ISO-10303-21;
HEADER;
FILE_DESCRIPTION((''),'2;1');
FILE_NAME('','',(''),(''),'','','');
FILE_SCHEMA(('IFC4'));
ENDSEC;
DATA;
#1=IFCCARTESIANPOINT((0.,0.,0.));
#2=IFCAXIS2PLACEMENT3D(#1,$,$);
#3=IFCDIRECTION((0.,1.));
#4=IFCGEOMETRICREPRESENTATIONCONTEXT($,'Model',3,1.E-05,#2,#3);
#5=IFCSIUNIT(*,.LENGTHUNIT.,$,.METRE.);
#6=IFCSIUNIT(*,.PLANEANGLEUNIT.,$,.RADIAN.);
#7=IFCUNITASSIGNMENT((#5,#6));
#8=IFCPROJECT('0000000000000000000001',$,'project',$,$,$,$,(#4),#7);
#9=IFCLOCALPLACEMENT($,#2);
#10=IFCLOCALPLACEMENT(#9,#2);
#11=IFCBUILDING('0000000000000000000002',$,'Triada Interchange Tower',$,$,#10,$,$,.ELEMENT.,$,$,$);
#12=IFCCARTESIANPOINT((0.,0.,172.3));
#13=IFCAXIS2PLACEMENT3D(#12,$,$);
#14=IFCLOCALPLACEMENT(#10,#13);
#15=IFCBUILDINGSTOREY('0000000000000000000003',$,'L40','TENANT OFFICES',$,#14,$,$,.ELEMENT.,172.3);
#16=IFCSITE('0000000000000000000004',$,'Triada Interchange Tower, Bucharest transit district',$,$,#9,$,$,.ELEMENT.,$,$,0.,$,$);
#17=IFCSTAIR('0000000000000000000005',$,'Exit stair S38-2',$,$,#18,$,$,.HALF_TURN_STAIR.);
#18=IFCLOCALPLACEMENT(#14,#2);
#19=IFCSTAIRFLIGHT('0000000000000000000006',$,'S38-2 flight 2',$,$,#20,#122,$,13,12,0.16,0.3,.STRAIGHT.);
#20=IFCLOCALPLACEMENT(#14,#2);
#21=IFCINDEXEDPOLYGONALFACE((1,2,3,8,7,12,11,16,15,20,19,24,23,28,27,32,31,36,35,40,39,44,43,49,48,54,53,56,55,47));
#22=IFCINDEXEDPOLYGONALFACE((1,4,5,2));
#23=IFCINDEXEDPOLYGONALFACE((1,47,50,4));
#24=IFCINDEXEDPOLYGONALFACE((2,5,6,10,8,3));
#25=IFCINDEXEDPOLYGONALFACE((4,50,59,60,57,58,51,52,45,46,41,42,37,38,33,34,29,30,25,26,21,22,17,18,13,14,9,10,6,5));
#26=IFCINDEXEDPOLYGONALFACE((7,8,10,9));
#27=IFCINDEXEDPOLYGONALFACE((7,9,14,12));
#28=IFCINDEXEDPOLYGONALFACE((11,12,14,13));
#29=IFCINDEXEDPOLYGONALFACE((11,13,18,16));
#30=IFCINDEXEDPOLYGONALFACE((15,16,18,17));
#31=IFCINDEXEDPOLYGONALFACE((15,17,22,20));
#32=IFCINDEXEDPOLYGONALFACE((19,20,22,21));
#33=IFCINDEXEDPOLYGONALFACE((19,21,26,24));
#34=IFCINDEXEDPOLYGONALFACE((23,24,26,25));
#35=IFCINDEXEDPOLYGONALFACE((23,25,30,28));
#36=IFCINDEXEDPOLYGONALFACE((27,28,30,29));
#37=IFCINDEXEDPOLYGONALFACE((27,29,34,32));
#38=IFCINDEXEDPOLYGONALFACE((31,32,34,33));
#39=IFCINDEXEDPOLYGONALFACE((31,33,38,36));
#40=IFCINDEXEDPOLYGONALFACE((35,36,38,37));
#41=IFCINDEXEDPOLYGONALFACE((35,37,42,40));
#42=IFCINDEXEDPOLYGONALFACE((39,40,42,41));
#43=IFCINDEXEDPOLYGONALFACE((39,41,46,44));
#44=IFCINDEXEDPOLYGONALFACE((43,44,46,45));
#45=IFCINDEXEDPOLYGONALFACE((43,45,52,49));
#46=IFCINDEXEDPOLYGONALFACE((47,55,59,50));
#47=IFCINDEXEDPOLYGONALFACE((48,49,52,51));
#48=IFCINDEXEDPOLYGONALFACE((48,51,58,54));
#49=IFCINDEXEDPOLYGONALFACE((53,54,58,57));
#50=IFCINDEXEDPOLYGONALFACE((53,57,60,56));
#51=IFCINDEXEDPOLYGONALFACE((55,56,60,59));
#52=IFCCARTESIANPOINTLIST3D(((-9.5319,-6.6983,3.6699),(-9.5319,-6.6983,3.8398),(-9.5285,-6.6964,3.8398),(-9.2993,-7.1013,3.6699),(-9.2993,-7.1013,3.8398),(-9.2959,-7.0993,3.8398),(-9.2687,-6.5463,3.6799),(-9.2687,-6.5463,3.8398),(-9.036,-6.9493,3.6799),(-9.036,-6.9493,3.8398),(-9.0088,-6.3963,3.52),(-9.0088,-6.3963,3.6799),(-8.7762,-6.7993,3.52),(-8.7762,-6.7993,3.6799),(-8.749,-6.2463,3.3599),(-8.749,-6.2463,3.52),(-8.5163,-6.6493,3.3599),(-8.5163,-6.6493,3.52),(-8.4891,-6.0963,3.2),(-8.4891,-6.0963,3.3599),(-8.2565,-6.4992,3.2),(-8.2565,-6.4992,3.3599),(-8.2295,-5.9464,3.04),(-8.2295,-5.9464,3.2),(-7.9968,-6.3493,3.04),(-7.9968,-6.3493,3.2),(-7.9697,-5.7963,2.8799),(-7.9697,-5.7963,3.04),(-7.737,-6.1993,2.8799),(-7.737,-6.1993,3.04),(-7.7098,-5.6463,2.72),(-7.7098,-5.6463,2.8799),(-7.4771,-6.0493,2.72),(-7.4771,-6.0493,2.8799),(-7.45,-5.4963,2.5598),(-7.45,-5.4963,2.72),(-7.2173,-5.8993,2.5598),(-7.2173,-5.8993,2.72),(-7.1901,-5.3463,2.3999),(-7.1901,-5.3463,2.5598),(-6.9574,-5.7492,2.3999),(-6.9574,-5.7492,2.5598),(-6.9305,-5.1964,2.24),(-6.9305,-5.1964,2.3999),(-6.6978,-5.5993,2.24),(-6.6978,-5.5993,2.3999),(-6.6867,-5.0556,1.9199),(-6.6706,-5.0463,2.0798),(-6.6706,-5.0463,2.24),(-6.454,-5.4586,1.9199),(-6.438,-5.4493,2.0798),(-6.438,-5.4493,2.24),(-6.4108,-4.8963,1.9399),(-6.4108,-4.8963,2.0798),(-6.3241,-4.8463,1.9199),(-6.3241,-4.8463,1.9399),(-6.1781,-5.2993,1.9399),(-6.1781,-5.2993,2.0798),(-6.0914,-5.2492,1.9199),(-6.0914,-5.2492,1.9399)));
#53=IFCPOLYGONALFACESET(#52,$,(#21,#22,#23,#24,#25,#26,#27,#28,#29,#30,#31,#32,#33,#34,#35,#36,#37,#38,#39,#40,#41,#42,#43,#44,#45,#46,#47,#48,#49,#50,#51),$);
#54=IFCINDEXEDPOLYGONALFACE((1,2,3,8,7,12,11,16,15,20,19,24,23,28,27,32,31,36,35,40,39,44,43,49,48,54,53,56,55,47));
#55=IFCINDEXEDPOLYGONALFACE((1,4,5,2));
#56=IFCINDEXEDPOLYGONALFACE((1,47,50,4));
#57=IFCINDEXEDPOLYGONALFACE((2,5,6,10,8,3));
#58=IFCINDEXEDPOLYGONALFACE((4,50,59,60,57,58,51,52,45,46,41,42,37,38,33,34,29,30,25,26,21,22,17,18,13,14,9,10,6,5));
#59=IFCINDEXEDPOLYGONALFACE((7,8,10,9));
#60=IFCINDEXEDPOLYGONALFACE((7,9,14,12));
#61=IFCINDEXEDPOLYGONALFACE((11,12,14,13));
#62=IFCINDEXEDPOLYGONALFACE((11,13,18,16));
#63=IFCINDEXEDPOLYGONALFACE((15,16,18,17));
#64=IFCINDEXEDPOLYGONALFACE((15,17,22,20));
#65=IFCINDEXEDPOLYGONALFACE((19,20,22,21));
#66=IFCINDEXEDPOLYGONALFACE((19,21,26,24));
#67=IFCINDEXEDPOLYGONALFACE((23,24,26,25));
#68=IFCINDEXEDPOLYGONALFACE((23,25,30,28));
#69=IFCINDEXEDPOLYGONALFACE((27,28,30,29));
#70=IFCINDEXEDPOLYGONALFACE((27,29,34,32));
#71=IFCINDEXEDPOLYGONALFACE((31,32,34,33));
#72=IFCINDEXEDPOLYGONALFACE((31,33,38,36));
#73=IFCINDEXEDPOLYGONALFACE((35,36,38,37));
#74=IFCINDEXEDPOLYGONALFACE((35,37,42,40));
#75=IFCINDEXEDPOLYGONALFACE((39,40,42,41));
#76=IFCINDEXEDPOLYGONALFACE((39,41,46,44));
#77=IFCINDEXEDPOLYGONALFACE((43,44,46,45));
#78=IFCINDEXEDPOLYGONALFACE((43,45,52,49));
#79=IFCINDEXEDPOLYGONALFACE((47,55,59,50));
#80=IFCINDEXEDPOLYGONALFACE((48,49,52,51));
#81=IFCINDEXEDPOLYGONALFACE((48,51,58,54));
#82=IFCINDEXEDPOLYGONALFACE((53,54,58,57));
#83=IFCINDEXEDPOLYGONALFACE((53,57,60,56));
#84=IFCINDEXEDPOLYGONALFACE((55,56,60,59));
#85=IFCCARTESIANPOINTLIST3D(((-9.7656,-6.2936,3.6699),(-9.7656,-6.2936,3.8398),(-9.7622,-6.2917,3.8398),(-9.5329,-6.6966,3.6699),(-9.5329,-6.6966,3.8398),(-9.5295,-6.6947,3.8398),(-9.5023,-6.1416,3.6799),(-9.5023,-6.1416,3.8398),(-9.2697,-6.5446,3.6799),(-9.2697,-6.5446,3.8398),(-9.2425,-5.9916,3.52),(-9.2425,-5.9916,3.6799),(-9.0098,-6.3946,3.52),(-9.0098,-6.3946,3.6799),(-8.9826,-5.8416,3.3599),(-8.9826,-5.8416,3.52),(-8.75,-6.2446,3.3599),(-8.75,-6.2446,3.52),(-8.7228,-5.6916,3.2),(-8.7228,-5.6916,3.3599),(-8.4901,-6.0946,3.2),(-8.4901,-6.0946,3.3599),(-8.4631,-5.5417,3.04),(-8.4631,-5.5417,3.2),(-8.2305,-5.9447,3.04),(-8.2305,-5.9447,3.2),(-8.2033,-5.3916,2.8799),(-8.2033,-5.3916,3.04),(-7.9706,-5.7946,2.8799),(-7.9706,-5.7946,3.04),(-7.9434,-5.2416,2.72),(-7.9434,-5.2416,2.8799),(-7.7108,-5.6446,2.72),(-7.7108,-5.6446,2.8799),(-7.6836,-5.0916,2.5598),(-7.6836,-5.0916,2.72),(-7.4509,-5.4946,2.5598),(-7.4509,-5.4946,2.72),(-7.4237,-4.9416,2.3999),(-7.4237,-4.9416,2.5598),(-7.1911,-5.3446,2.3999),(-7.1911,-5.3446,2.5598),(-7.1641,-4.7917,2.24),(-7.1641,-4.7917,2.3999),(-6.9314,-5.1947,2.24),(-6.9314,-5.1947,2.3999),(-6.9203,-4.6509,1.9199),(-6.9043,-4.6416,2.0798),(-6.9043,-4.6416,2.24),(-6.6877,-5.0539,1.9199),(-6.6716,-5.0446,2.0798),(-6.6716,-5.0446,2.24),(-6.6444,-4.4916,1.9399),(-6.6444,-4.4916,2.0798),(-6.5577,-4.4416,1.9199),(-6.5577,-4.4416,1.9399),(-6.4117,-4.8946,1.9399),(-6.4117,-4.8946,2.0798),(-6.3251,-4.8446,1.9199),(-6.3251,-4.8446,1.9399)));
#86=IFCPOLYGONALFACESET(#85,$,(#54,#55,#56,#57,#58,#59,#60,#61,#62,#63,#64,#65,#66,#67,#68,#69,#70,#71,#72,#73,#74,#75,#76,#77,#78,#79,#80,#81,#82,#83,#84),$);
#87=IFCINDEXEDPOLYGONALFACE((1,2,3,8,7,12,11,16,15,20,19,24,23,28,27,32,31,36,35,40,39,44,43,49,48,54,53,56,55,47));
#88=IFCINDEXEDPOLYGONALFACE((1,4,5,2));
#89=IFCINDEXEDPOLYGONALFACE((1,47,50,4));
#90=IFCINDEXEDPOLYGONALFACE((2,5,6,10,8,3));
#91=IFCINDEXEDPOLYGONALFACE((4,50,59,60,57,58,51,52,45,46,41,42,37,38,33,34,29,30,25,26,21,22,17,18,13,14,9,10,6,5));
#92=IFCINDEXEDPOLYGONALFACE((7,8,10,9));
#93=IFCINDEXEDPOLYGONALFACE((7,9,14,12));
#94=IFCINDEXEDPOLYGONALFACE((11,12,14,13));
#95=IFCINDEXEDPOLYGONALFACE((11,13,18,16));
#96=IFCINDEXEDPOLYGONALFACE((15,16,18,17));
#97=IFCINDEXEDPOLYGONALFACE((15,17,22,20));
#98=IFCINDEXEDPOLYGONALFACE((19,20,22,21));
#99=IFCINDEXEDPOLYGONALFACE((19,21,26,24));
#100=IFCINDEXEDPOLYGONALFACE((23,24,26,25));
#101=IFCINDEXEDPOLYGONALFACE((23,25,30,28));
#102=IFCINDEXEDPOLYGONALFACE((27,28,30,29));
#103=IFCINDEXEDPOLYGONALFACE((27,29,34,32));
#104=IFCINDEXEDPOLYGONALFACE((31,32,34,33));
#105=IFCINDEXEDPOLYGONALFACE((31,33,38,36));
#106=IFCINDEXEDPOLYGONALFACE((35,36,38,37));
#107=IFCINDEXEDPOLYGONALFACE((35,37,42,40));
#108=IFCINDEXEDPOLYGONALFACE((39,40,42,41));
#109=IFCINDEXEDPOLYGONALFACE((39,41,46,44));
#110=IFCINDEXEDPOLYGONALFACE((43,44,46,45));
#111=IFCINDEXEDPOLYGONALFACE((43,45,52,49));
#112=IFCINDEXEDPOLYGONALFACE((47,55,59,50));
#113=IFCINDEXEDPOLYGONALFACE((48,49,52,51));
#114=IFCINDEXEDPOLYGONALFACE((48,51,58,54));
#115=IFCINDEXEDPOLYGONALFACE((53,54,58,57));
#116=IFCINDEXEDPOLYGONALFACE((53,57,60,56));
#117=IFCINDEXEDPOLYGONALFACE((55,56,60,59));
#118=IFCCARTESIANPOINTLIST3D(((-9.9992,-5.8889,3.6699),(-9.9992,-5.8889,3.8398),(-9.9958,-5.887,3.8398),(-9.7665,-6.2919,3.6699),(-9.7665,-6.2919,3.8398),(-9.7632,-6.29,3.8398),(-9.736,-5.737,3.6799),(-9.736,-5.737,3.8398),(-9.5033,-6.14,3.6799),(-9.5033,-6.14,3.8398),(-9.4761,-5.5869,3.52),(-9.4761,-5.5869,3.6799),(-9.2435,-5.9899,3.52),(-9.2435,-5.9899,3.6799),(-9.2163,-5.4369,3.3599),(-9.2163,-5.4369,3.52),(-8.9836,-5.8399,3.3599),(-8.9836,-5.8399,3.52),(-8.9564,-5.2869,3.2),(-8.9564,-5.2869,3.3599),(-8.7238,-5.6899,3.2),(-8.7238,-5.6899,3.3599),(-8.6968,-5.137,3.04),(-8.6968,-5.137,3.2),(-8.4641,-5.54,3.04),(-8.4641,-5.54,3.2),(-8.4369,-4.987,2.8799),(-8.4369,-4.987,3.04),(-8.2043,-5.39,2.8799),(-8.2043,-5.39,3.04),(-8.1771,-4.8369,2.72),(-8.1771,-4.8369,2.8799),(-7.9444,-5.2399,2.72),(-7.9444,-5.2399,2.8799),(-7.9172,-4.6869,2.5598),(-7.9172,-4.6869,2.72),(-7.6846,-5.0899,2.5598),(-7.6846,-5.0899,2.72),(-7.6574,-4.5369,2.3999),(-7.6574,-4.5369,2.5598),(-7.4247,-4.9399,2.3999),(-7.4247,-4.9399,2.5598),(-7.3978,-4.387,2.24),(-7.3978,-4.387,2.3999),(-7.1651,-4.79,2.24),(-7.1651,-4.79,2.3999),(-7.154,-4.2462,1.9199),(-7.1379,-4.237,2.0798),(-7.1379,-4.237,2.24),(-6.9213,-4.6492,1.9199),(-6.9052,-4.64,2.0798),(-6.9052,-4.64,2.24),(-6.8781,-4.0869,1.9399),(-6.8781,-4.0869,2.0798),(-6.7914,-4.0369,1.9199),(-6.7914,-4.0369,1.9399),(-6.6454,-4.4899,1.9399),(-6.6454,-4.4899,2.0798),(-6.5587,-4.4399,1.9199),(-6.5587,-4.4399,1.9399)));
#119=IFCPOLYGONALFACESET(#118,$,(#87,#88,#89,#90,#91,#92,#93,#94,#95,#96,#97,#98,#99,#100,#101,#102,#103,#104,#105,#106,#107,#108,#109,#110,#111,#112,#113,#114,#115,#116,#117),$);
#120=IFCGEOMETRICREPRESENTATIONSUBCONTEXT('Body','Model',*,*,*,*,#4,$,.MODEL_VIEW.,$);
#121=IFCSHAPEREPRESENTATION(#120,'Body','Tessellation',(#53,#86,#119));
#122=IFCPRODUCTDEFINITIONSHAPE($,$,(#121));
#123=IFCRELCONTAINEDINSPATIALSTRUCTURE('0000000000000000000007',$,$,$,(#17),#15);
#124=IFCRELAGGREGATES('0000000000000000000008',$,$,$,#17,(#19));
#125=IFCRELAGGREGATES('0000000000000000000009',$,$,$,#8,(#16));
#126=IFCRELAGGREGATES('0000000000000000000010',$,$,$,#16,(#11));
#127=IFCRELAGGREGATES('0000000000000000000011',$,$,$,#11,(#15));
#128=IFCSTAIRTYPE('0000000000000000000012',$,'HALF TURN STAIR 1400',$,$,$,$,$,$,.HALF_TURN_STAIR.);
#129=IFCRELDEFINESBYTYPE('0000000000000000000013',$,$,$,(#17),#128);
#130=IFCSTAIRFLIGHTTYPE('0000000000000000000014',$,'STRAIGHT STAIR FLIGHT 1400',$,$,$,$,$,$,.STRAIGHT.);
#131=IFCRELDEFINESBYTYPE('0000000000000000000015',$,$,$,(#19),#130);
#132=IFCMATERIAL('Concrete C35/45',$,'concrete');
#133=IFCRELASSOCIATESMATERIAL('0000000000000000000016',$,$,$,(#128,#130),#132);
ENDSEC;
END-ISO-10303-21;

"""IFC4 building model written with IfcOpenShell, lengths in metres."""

from ifc_helpers import new_model, si_unit, direction, frame, origin, place, context, subcontext, project, spatial, polyline, outline, extrude, material, type_object, element, aggregate, save


model = new_model("IFC4")

# Units and contexts
model_context = context("Model", 3, precision=1e-05, world=origin(), true_north=direction((0.0, 1.0)))
body_context = subcontext(model_context, "Body", "Model", "MODEL_VIEW")
ifc_project = project(units=[si_unit("LENGTHUNIT", "METRE"), si_unit("PLANEANGLEUNIT", "RADIAN")], contexts=[model_context])

# Site, building, storey
site_placement = place(None, origin())
site = spatial("IfcSite", under=ifc_project, at=site_placement, Name="Triada Interchange Tower, Bucharest transit district", CompositionType="ELEMENT", RefElevation=0.0)
building_placement = place(site_placement, origin())
building = spatial("IfcBuilding", under=site, at=building_placement, Name="Triada Interchange Tower", CompositionType="ELEMENT")
storey_placement = place(building_placement, frame((0.0, 0.0, 172.3)))
storey = spatial("IfcBuildingStorey", under=building, at=storey_placement, Name="L40", Description="TENANT OFFICES", CompositionType="ELEMENT", Elevation=172.3)

# Stair, stair flight
ifc_material_1 = material(Name="Concrete C35/45", Category="concrete")
stair_type = type_object("IfcStairType", Name="HALF TURN STAIR 1400", PredefinedType="HALF_TURN_STAIR", material=ifc_material_1)
stair_placement = place(storey_placement, origin())
stair = element("IfcStair", 1, at=stair_placement, inside=storey, type_object=stair_type, Name="Exit stair S38-2", PredefinedType="HALF_TURN_STAIR")
stair_flight_type = type_object("IfcStairFlightType", Name="STRAIGHT STAIR FLIGHT 1400", PredefinedType="STRAIGHT", material=ifc_material_1)
stair_flight_1_placement = place(storey_placement, frame((-6.5281, -4.6931, 1.9199), z_axis=(0.0, 0.0, 1.0), x_axis=(-0.866025, -0.5, 0.0)))
stair_flight_1 = element("IfcStairFlight", 2, at=stair_flight_1_placement, type_object=stair_flight_type, Name="S38-2 flight 2", NumberOfRisers=13, NumberOfTreads=12, PredefinedType="STRAIGHT", RiserHeight=0.16, TreadLength=0.3, context=body_context, shape_type="SweptSolid", body=[
    extrude(outline(polyline([(-0.1001, 0.0), (-0.1001, 0.02), (0.0, 0.02), (0.0, 0.1599), (0.3, 0.1599), (0.3, 0.3201), (0.6001, 0.3201), (0.6001, 0.48), (0.8999, 0.48), (0.8999, 0.6399), (1.2, 0.6399), (1.2, 0.8), (1.5, 0.8), (1.5, 0.96), (1.8, 0.96), (1.8, 1.1201), (2.1001, 1.1201), (2.1001, 1.28), (2.3999, 1.28), (2.3999, 1.4399), (2.7, 1.4399), (2.7, 1.6001), (3.0, 1.6001), (3.0, 1.76), (3.3, 1.76), (3.3, 1.9199), (3.6001, 1.9199), (3.604, 1.9199), (3.604, 2.0801), (3.604, 1.75), (0.3186, 0.0), (-0.1001, 0.0)])), frame((0.0, 0.7, 0.0), z_axis=(0.0, -1.0, 0.0), x_axis=(1.0, 0.0, 0.0)), (0.0, 0.0, 1.0), 0.4653),
    extrude(outline(polyline([(-0.1001, 0.0), (-0.1001, 0.02), (0.0, 0.02), (0.0, 0.1599), (0.3, 0.1599), (0.3, 0.3201), (0.6001, 0.3201), (0.6001, 0.48), (0.8999, 0.48), (0.8999, 0.6399), (1.2, 0.6399), (1.2, 0.8), (1.5, 0.8), (1.5, 0.96), (1.8, 0.96), (1.8, 1.1201), (2.1001, 1.1201), (2.1001, 1.28), (2.3999, 1.28), (2.3999, 1.4399), (2.7, 1.4399), (2.7, 1.6001), (3.0, 1.6001), (3.0, 1.76), (3.3, 1.76), (3.3, 1.9199), (3.6001, 1.9199), (3.604, 1.9199), (3.604, 2.0801), (3.604, 1.75), (0.3186, 0.0), (-0.1001, 0.0)])), frame((0.0, 0.2327, 0.0), z_axis=(0.0, -1.0, 0.0), x_axis=(1.0, 0.0, 0.0)), (0.0, 0.0, 1.0), 0.4653),
    extrude(outline(polyline([(-0.1001, 0.0), (-0.1001, 0.02), (0.0, 0.02), (0.0, 0.1599), (0.3, 0.1599), (0.3, 0.3201), (0.6001, 0.3201), (0.6001, 0.48), (0.8999, 0.48), (0.8999, 0.6399), (1.2, 0.6399), (1.2, 0.8), (1.5, 0.8), (1.5, 0.96), (1.8, 0.96), (1.8, 1.1201), (2.1001, 1.1201), (2.1001, 1.28), (2.3999, 1.28), (2.3999, 1.4399), (2.7, 1.4399), (2.7, 1.6001), (3.0, 1.6001), (3.0, 1.76), (3.3, 1.76), (3.3, 1.9199), (3.6001, 1.9199), (3.604, 1.9199), (3.604, 2.0801), (3.604, 1.75), (0.3186, 0.0), (-0.1001, 0.0)])), frame((0.0, -0.2346, 0.0), z_axis=(0.0, -1.0, 0.0), x_axis=(1.0, 0.0, 0.0)), (0.0, 0.0, 1.0), 0.4653),
])
aggregate(stair, [stair_flight_1])

save(model, "model.ifc")
